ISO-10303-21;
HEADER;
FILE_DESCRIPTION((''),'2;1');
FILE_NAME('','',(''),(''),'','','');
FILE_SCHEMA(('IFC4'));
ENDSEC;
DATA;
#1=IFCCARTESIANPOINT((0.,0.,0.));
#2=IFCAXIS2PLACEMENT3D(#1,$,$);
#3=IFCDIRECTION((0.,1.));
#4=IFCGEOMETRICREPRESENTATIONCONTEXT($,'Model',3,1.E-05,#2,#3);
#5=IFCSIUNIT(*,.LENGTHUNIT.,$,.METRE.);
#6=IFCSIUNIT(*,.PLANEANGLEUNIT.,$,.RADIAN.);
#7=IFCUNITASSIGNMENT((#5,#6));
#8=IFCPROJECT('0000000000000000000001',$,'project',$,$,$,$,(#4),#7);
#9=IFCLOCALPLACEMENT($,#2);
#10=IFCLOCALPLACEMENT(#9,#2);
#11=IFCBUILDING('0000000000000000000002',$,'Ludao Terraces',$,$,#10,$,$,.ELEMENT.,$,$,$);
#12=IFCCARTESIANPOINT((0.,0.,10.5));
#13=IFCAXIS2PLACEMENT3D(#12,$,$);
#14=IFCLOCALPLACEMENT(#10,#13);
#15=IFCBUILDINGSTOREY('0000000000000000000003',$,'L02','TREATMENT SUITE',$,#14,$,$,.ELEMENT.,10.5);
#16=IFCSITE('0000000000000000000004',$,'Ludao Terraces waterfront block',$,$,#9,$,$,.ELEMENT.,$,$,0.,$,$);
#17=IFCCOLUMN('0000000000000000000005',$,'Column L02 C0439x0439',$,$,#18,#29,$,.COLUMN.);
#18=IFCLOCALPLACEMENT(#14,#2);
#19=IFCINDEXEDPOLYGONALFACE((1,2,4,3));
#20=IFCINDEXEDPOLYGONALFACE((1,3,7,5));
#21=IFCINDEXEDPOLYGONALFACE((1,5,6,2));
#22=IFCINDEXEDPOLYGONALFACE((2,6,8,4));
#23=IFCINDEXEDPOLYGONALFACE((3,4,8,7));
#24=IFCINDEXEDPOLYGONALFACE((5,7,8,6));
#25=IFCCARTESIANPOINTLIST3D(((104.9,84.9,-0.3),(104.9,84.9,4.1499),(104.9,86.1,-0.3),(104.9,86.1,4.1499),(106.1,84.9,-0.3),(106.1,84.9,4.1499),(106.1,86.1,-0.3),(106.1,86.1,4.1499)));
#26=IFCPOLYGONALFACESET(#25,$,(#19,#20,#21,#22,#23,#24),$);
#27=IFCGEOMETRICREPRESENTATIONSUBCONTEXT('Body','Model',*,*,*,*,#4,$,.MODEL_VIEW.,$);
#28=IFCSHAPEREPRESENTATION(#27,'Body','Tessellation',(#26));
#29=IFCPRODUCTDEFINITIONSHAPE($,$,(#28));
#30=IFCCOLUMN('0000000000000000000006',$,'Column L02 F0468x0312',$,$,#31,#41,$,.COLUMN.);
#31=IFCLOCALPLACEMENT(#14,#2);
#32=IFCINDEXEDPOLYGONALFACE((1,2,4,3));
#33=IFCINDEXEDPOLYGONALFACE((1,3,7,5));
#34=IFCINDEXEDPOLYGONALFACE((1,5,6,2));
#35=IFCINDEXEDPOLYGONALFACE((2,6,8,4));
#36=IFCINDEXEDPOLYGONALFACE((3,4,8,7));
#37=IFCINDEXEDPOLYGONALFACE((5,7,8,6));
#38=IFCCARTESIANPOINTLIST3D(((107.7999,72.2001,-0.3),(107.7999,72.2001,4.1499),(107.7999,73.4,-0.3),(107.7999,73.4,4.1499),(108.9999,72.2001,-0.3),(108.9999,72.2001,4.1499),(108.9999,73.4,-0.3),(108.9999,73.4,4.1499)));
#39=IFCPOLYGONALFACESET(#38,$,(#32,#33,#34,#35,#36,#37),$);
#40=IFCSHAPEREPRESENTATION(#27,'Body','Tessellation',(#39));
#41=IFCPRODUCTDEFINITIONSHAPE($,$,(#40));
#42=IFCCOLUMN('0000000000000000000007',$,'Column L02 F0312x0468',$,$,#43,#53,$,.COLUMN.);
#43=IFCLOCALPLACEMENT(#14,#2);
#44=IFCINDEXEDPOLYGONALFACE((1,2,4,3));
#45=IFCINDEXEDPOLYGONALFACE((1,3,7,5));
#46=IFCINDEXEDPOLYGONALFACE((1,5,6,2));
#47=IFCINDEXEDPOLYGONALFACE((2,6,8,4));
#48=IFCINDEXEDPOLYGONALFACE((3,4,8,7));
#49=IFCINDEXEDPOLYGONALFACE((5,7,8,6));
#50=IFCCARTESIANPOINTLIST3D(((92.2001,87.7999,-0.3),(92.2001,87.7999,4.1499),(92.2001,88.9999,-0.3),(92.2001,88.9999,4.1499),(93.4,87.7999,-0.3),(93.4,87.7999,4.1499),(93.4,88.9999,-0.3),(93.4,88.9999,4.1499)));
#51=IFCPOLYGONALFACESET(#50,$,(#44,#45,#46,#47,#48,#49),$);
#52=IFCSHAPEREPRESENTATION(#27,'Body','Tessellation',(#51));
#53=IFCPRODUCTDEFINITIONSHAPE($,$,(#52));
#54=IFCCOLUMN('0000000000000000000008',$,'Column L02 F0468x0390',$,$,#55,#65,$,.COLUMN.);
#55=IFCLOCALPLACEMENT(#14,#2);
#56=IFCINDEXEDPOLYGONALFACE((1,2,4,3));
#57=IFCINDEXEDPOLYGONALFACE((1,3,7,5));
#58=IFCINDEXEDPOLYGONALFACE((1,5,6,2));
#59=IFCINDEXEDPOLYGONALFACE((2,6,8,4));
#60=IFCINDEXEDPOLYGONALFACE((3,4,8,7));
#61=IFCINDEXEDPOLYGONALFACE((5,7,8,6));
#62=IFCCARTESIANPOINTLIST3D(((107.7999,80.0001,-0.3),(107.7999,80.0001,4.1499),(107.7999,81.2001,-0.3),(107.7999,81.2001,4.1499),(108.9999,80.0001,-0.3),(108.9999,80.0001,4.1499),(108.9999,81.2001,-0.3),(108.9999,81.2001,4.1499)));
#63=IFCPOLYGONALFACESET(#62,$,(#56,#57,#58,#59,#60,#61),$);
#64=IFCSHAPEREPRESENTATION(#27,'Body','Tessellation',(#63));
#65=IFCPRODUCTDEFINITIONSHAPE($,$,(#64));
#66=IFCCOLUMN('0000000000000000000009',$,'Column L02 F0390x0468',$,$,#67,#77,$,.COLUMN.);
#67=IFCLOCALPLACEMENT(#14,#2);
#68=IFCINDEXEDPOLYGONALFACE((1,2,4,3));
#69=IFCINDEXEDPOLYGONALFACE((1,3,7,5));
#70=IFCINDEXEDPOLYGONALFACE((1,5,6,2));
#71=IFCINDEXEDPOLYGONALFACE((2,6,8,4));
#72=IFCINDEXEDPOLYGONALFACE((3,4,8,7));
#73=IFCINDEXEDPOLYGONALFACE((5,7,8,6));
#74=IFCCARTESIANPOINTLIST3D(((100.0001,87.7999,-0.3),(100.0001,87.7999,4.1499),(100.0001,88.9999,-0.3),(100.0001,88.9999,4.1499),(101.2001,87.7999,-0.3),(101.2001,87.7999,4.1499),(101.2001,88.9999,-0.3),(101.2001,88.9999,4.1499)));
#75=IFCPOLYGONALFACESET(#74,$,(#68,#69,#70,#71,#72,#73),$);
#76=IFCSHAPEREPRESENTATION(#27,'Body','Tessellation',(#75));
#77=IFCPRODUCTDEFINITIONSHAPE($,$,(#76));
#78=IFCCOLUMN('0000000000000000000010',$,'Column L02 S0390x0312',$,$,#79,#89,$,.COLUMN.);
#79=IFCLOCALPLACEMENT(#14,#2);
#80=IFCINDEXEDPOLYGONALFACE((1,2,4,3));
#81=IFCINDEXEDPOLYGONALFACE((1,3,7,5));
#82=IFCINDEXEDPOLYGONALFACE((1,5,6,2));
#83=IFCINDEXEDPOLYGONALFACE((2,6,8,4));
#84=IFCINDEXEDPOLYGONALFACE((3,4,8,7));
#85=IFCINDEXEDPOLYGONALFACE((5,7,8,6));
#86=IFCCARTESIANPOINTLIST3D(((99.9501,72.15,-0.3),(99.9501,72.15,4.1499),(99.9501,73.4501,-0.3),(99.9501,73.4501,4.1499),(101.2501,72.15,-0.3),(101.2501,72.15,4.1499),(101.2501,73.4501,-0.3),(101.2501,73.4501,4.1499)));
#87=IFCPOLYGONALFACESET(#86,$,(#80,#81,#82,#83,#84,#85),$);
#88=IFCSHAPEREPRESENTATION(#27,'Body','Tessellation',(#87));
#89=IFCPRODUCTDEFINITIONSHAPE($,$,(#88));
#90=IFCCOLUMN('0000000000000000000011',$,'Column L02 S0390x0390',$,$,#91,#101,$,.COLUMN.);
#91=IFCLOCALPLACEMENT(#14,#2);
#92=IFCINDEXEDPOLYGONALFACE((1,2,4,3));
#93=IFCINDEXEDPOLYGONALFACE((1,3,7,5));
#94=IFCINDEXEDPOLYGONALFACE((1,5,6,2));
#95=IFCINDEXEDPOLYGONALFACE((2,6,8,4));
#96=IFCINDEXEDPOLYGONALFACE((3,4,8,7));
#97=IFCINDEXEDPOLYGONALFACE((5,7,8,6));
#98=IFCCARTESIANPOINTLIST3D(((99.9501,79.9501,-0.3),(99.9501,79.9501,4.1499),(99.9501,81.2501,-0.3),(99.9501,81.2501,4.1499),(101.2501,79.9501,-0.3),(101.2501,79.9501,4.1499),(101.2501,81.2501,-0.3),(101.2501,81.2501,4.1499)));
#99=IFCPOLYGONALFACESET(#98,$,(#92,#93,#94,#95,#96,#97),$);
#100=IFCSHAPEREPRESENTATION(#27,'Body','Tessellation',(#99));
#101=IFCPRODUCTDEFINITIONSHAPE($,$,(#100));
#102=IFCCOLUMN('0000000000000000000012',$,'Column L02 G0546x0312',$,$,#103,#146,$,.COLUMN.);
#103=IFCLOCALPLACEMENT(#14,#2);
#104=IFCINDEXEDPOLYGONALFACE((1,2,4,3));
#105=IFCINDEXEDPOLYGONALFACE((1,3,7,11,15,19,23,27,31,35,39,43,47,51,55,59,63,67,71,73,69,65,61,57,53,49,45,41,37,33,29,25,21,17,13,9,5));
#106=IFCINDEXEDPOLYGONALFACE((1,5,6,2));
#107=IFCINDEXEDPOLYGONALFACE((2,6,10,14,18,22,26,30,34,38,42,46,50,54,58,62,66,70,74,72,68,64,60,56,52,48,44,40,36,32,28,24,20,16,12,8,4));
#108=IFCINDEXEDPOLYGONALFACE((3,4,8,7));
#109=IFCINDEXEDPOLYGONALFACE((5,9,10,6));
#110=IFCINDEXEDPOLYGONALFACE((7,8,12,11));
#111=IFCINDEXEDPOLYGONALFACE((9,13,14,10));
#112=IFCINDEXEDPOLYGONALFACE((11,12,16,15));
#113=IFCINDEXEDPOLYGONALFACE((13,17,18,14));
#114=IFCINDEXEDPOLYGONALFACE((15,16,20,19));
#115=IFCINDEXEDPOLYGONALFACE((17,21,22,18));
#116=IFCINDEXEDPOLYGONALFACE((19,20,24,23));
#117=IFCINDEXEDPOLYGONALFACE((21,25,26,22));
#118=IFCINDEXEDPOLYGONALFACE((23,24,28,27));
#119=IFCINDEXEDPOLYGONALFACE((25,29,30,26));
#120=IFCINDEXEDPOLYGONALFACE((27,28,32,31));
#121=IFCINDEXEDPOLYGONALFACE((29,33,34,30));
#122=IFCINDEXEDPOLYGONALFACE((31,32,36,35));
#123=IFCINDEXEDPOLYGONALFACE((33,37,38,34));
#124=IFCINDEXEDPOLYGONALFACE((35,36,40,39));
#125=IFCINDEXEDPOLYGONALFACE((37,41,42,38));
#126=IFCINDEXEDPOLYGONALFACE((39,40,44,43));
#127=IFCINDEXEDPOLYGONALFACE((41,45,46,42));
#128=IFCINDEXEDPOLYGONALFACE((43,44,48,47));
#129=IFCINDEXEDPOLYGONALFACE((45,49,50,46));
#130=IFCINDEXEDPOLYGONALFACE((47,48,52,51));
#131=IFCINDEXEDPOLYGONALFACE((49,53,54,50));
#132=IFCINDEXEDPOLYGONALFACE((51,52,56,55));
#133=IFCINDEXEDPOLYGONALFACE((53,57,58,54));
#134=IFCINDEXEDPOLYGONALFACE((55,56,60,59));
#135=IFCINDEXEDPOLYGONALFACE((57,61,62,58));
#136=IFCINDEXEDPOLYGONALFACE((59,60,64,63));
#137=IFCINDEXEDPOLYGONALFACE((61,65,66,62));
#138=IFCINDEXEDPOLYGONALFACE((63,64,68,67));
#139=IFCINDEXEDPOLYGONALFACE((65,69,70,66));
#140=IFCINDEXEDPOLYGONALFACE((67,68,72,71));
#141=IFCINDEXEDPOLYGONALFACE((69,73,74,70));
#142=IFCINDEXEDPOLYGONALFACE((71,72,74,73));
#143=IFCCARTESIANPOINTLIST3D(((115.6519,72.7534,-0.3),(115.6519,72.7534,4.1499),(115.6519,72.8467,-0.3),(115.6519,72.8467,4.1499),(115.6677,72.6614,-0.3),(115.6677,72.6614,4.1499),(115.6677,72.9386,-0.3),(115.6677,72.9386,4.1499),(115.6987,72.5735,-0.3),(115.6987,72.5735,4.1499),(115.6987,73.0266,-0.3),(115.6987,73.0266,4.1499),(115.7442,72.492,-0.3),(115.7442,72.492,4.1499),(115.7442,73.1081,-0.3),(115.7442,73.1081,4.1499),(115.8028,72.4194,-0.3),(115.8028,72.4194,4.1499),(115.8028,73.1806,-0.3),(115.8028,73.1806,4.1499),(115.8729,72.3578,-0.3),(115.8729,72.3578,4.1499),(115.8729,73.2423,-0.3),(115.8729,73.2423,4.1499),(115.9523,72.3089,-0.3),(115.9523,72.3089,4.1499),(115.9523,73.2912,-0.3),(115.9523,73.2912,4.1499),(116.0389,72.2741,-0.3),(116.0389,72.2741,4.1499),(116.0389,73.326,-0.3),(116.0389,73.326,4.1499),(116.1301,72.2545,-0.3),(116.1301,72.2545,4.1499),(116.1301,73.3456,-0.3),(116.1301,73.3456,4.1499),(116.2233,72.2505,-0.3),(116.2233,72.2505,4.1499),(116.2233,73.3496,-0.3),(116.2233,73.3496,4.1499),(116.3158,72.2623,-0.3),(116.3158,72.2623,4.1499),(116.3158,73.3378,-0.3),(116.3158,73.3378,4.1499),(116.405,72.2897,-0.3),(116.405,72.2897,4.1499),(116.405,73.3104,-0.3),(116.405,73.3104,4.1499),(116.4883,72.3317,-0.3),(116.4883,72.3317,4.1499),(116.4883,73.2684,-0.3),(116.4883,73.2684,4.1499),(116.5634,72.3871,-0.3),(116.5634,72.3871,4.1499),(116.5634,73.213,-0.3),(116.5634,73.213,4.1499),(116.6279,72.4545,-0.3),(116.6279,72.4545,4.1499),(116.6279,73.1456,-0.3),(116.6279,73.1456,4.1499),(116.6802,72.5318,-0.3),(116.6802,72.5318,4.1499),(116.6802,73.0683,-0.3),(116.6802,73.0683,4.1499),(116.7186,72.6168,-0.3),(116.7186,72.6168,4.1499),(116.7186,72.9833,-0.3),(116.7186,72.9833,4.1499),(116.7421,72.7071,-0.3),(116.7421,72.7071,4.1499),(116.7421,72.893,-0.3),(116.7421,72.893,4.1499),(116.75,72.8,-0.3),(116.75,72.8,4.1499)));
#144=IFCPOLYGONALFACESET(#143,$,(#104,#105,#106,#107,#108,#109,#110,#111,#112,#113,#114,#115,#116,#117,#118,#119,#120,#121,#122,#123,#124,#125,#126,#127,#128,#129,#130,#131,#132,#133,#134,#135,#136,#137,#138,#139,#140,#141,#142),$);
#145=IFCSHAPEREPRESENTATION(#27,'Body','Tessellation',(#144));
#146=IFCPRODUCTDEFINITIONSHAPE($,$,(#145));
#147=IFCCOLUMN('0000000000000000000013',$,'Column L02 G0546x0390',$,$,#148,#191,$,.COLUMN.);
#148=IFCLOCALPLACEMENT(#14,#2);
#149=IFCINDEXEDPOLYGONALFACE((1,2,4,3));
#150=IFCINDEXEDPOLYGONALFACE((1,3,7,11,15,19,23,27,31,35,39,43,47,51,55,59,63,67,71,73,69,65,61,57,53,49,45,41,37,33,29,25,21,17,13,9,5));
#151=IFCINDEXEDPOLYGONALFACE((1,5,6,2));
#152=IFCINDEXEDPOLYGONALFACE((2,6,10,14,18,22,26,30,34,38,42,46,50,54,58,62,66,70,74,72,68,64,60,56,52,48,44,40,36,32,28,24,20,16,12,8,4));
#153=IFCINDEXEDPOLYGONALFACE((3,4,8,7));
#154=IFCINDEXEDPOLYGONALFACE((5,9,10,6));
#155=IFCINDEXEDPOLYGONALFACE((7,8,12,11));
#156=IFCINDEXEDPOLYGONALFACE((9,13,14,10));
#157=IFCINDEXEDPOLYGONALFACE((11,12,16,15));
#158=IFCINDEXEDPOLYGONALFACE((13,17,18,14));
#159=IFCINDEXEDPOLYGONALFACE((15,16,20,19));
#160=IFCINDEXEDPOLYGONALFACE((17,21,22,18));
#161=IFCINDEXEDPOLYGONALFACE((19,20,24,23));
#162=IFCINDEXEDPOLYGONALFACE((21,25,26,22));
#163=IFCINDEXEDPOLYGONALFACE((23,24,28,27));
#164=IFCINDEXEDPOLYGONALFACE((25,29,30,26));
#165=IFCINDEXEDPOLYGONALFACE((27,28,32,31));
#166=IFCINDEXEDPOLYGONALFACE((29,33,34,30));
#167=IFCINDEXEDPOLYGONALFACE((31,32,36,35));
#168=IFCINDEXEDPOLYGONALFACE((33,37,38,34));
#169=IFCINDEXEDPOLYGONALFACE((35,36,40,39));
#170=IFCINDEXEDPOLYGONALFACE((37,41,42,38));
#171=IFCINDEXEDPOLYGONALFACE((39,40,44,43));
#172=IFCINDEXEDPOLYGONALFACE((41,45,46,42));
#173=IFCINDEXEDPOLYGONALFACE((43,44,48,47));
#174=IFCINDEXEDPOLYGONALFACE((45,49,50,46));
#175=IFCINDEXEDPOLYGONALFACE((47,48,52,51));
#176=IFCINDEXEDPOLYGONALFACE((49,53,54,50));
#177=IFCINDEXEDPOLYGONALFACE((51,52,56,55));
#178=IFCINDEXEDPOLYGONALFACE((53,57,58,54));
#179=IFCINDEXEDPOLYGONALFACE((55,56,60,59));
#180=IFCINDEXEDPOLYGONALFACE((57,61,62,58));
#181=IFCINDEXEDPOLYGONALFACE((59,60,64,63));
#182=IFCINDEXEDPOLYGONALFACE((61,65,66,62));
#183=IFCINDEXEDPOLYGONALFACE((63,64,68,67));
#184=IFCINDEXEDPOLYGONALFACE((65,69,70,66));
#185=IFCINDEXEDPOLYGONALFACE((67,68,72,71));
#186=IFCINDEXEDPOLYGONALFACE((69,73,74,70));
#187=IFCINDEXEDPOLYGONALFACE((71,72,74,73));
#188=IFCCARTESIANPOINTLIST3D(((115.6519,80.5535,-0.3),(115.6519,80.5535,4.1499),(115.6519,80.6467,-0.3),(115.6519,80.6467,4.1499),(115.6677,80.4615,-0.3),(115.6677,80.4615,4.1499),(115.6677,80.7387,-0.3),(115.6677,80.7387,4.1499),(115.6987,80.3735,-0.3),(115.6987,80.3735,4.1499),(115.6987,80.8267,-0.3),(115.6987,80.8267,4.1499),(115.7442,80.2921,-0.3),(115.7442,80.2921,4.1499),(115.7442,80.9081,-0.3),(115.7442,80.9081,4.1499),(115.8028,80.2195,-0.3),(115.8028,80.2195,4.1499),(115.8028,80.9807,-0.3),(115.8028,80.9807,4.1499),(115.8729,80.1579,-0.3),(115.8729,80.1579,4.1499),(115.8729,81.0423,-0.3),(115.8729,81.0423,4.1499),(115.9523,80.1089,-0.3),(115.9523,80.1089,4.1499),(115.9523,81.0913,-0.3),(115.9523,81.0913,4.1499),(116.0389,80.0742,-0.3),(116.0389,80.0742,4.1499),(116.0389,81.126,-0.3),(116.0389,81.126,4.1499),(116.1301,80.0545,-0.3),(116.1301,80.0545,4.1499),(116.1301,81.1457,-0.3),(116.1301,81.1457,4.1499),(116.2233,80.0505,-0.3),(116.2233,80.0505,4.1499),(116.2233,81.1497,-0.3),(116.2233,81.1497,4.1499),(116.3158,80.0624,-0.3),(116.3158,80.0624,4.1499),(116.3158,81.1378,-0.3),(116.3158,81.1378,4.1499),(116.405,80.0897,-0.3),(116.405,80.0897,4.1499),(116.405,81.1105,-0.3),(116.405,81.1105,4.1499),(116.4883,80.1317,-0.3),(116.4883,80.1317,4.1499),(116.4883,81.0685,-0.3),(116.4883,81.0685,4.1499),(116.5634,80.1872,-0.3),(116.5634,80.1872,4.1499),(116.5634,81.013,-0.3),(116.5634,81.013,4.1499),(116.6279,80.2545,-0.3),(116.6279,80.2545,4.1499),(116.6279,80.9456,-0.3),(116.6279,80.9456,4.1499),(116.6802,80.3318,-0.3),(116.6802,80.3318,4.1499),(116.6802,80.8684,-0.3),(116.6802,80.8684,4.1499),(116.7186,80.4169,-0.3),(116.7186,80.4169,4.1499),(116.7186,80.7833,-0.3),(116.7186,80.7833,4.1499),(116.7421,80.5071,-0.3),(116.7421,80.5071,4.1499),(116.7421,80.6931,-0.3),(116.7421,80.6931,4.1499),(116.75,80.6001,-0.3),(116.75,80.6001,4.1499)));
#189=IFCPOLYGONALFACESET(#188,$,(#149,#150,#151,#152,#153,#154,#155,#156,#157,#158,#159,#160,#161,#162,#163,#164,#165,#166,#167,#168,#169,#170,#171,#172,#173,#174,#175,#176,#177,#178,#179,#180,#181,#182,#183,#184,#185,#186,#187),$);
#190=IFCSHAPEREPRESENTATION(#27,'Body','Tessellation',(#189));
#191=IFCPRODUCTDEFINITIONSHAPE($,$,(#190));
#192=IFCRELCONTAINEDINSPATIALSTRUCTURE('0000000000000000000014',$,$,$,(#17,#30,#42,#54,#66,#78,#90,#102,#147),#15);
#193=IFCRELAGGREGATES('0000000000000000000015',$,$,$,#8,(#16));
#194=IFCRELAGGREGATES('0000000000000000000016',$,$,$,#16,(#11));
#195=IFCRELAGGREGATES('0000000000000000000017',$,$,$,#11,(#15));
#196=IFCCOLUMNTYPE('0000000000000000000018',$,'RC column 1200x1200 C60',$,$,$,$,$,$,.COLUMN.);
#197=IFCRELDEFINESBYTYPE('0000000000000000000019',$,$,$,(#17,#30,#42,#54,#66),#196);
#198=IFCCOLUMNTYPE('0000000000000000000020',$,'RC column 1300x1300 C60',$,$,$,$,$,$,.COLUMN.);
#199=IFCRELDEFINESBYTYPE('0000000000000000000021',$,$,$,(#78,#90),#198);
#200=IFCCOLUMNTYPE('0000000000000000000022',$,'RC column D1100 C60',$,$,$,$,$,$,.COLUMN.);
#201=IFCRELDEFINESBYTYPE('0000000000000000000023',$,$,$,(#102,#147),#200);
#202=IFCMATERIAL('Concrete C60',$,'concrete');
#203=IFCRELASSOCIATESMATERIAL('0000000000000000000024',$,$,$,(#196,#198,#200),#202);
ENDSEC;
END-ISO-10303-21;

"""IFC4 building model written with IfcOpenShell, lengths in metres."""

from ifc_helpers import new_model, si_unit, direction, frame, origin, origin_2d, place, context, subcontext, project, spatial, rectangle, circle, extrude, material, material_profile, profile_set, type_object, element, save


model = new_model("IFC4")

# Units and contexts
model_context = context("Model", 3, precision=1e-05, world=origin(), true_north=direction((0.0, 1.0)))
body_context = subcontext(model_context, "Body", "Model", "MODEL_VIEW")
ifc_project = project(units=[si_unit("LENGTHUNIT", "METRE"), si_unit("PLANEANGLEUNIT", "RADIAN")], contexts=[model_context])

# Site, building, storey
site_placement = place(None, origin())
site = spatial("IfcSite", under=ifc_project, at=site_placement, Name="Ludao Terraces waterfront block", CompositionType="ELEMENT", RefElevation=0.0)
building_placement = place(site_placement, origin())
building = spatial("IfcBuilding", under=site, at=building_placement, Name="Ludao Terraces", CompositionType="ELEMENT")
storey_placement = place(building_placement, frame((0.0, 0.0, 10.5)))
storey = spatial("IfcBuildingStorey", under=building, at=storey_placement, Name="L02", Description="TREATMENT SUITE", CompositionType="ELEMENT", Elevation=10.5)

# Columns
ifc_material_1 = material(Name="Concrete C60", Category="concrete")
ifc_material_profile_1 = material_profile(ifc_material_1, rectangle(XDim=1.2, YDim=1.2, at=origin_2d()), Name="1200 X 1200")
ifc_profile_set_1 = profile_set([ifc_material_profile_1], Name="Concrete C60")
column_type_1 = type_object("IfcColumnType", Name="RC column 1200x1200 C60", PredefinedType="COLUMN", material=ifc_profile_set_1)
for number, where, z_axis, x_axis, name in (
    (1, (105.5, 85.5, -0.3), (0.0, 0.0, 1.0), (1.0, 0.0, 0.0), "Column L02 C0439x0439"),
    (2, (108.3999, 72.8, -0.3), (0.0, 0.0, 1.0), (1.0, 0.0, 0.0), "Column L02 F0468x0312"),
    (3, (92.8, 88.3999, -0.3), (0.0, 0.0, 1.0), (1.0, 0.0, 0.0), "Column L02 F0312x0468"),
    (4, (108.3999, 80.6001, -0.3), (0.0, 0.0, 1.0), (1.0, 0.0, 0.0), "Column L02 F0468x0390"),
    (5, (100.6001, 88.3999, -0.3), (0.0, 0.0, 1.0), (1.0, 0.0, 0.0), "Column L02 F0390x0468"),
):
    element("IfcColumn", number, at=place(storey_placement, frame(where, z_axis=z_axis, x_axis=x_axis)), inside=storey, type_object=column_type_1, Name=name, PredefinedType="COLUMN", context=body_context, shape_type="SweptSolid", body=[
        extrude(rectangle(XDim=1.2, YDim=1.2, at=origin_2d()), origin(), (0.0, 0.0, 1.0), 4.45),
    ])
ifc_material_profile_2 = material_profile(ifc_material_1, rectangle(XDim=1.3, YDim=1.3, at=origin_2d()), Name="1300 X 1300")
ifc_profile_set_2 = profile_set([ifc_material_profile_2], Name="Concrete C60")
column_type_2 = type_object("IfcColumnType", Name="RC column 1300x1300 C60", PredefinedType="COLUMN", material=ifc_profile_set_2)
for number, where, z_axis, x_axis, name in (
    (6, (100.6001, 72.8, -0.3), (0.0, 0.0, 1.0), (1.0, 0.0, 0.0), "Column L02 S0390x0312"),
    (7, (100.6001, 80.6001, -0.3), (0.0, 0.0, 1.0), (1.0, 0.0, 0.0), "Column L02 S0390x0390"),
):
    element("IfcColumn", number, at=place(storey_placement, frame(where, z_axis=z_axis, x_axis=x_axis)), inside=storey, type_object=column_type_2, Name=name, PredefinedType="COLUMN", context=body_context, shape_type="SweptSolid", body=[
        extrude(rectangle(XDim=1.3, YDim=1.3, at=origin_2d()), origin(), (0.0, 0.0, 1.0), 4.45),
    ])
ifc_material_profile_3 = material_profile(ifc_material_1, circle(Radius=0.55, at=origin_2d()), Name="D1100")
ifc_profile_set_3 = profile_set([ifc_material_profile_3], Name="Concrete C60")
column_type_3 = type_object("IfcColumnType", Name="RC column D1100 C60", PredefinedType="COLUMN", material=ifc_profile_set_3)
for number, where, z_axis, x_axis, name in (
    (8, (116.2, 72.8, -0.3), (0.0, 0.0, 1.0), (1.0, 0.0, 0.0), "Column L02 G0546x0312"),
    (9, (116.2, 80.6001, -0.3), (0.0, 0.0, 1.0), (1.0, 0.0, 0.0), "Column L02 G0546x0390"),
):
    element("IfcColumn", number, at=place(storey_placement, frame(where, z_axis=z_axis, x_axis=x_axis)), inside=storey, type_object=column_type_3, Name=name, PredefinedType="COLUMN", context=body_context, shape_type="SweptSolid", body=[
        extrude(circle(Radius=0.55, at=origin_2d()), origin(), (0.0, 0.0, 1.0), 4.45),
    ])

save(model, "model.ifc")
